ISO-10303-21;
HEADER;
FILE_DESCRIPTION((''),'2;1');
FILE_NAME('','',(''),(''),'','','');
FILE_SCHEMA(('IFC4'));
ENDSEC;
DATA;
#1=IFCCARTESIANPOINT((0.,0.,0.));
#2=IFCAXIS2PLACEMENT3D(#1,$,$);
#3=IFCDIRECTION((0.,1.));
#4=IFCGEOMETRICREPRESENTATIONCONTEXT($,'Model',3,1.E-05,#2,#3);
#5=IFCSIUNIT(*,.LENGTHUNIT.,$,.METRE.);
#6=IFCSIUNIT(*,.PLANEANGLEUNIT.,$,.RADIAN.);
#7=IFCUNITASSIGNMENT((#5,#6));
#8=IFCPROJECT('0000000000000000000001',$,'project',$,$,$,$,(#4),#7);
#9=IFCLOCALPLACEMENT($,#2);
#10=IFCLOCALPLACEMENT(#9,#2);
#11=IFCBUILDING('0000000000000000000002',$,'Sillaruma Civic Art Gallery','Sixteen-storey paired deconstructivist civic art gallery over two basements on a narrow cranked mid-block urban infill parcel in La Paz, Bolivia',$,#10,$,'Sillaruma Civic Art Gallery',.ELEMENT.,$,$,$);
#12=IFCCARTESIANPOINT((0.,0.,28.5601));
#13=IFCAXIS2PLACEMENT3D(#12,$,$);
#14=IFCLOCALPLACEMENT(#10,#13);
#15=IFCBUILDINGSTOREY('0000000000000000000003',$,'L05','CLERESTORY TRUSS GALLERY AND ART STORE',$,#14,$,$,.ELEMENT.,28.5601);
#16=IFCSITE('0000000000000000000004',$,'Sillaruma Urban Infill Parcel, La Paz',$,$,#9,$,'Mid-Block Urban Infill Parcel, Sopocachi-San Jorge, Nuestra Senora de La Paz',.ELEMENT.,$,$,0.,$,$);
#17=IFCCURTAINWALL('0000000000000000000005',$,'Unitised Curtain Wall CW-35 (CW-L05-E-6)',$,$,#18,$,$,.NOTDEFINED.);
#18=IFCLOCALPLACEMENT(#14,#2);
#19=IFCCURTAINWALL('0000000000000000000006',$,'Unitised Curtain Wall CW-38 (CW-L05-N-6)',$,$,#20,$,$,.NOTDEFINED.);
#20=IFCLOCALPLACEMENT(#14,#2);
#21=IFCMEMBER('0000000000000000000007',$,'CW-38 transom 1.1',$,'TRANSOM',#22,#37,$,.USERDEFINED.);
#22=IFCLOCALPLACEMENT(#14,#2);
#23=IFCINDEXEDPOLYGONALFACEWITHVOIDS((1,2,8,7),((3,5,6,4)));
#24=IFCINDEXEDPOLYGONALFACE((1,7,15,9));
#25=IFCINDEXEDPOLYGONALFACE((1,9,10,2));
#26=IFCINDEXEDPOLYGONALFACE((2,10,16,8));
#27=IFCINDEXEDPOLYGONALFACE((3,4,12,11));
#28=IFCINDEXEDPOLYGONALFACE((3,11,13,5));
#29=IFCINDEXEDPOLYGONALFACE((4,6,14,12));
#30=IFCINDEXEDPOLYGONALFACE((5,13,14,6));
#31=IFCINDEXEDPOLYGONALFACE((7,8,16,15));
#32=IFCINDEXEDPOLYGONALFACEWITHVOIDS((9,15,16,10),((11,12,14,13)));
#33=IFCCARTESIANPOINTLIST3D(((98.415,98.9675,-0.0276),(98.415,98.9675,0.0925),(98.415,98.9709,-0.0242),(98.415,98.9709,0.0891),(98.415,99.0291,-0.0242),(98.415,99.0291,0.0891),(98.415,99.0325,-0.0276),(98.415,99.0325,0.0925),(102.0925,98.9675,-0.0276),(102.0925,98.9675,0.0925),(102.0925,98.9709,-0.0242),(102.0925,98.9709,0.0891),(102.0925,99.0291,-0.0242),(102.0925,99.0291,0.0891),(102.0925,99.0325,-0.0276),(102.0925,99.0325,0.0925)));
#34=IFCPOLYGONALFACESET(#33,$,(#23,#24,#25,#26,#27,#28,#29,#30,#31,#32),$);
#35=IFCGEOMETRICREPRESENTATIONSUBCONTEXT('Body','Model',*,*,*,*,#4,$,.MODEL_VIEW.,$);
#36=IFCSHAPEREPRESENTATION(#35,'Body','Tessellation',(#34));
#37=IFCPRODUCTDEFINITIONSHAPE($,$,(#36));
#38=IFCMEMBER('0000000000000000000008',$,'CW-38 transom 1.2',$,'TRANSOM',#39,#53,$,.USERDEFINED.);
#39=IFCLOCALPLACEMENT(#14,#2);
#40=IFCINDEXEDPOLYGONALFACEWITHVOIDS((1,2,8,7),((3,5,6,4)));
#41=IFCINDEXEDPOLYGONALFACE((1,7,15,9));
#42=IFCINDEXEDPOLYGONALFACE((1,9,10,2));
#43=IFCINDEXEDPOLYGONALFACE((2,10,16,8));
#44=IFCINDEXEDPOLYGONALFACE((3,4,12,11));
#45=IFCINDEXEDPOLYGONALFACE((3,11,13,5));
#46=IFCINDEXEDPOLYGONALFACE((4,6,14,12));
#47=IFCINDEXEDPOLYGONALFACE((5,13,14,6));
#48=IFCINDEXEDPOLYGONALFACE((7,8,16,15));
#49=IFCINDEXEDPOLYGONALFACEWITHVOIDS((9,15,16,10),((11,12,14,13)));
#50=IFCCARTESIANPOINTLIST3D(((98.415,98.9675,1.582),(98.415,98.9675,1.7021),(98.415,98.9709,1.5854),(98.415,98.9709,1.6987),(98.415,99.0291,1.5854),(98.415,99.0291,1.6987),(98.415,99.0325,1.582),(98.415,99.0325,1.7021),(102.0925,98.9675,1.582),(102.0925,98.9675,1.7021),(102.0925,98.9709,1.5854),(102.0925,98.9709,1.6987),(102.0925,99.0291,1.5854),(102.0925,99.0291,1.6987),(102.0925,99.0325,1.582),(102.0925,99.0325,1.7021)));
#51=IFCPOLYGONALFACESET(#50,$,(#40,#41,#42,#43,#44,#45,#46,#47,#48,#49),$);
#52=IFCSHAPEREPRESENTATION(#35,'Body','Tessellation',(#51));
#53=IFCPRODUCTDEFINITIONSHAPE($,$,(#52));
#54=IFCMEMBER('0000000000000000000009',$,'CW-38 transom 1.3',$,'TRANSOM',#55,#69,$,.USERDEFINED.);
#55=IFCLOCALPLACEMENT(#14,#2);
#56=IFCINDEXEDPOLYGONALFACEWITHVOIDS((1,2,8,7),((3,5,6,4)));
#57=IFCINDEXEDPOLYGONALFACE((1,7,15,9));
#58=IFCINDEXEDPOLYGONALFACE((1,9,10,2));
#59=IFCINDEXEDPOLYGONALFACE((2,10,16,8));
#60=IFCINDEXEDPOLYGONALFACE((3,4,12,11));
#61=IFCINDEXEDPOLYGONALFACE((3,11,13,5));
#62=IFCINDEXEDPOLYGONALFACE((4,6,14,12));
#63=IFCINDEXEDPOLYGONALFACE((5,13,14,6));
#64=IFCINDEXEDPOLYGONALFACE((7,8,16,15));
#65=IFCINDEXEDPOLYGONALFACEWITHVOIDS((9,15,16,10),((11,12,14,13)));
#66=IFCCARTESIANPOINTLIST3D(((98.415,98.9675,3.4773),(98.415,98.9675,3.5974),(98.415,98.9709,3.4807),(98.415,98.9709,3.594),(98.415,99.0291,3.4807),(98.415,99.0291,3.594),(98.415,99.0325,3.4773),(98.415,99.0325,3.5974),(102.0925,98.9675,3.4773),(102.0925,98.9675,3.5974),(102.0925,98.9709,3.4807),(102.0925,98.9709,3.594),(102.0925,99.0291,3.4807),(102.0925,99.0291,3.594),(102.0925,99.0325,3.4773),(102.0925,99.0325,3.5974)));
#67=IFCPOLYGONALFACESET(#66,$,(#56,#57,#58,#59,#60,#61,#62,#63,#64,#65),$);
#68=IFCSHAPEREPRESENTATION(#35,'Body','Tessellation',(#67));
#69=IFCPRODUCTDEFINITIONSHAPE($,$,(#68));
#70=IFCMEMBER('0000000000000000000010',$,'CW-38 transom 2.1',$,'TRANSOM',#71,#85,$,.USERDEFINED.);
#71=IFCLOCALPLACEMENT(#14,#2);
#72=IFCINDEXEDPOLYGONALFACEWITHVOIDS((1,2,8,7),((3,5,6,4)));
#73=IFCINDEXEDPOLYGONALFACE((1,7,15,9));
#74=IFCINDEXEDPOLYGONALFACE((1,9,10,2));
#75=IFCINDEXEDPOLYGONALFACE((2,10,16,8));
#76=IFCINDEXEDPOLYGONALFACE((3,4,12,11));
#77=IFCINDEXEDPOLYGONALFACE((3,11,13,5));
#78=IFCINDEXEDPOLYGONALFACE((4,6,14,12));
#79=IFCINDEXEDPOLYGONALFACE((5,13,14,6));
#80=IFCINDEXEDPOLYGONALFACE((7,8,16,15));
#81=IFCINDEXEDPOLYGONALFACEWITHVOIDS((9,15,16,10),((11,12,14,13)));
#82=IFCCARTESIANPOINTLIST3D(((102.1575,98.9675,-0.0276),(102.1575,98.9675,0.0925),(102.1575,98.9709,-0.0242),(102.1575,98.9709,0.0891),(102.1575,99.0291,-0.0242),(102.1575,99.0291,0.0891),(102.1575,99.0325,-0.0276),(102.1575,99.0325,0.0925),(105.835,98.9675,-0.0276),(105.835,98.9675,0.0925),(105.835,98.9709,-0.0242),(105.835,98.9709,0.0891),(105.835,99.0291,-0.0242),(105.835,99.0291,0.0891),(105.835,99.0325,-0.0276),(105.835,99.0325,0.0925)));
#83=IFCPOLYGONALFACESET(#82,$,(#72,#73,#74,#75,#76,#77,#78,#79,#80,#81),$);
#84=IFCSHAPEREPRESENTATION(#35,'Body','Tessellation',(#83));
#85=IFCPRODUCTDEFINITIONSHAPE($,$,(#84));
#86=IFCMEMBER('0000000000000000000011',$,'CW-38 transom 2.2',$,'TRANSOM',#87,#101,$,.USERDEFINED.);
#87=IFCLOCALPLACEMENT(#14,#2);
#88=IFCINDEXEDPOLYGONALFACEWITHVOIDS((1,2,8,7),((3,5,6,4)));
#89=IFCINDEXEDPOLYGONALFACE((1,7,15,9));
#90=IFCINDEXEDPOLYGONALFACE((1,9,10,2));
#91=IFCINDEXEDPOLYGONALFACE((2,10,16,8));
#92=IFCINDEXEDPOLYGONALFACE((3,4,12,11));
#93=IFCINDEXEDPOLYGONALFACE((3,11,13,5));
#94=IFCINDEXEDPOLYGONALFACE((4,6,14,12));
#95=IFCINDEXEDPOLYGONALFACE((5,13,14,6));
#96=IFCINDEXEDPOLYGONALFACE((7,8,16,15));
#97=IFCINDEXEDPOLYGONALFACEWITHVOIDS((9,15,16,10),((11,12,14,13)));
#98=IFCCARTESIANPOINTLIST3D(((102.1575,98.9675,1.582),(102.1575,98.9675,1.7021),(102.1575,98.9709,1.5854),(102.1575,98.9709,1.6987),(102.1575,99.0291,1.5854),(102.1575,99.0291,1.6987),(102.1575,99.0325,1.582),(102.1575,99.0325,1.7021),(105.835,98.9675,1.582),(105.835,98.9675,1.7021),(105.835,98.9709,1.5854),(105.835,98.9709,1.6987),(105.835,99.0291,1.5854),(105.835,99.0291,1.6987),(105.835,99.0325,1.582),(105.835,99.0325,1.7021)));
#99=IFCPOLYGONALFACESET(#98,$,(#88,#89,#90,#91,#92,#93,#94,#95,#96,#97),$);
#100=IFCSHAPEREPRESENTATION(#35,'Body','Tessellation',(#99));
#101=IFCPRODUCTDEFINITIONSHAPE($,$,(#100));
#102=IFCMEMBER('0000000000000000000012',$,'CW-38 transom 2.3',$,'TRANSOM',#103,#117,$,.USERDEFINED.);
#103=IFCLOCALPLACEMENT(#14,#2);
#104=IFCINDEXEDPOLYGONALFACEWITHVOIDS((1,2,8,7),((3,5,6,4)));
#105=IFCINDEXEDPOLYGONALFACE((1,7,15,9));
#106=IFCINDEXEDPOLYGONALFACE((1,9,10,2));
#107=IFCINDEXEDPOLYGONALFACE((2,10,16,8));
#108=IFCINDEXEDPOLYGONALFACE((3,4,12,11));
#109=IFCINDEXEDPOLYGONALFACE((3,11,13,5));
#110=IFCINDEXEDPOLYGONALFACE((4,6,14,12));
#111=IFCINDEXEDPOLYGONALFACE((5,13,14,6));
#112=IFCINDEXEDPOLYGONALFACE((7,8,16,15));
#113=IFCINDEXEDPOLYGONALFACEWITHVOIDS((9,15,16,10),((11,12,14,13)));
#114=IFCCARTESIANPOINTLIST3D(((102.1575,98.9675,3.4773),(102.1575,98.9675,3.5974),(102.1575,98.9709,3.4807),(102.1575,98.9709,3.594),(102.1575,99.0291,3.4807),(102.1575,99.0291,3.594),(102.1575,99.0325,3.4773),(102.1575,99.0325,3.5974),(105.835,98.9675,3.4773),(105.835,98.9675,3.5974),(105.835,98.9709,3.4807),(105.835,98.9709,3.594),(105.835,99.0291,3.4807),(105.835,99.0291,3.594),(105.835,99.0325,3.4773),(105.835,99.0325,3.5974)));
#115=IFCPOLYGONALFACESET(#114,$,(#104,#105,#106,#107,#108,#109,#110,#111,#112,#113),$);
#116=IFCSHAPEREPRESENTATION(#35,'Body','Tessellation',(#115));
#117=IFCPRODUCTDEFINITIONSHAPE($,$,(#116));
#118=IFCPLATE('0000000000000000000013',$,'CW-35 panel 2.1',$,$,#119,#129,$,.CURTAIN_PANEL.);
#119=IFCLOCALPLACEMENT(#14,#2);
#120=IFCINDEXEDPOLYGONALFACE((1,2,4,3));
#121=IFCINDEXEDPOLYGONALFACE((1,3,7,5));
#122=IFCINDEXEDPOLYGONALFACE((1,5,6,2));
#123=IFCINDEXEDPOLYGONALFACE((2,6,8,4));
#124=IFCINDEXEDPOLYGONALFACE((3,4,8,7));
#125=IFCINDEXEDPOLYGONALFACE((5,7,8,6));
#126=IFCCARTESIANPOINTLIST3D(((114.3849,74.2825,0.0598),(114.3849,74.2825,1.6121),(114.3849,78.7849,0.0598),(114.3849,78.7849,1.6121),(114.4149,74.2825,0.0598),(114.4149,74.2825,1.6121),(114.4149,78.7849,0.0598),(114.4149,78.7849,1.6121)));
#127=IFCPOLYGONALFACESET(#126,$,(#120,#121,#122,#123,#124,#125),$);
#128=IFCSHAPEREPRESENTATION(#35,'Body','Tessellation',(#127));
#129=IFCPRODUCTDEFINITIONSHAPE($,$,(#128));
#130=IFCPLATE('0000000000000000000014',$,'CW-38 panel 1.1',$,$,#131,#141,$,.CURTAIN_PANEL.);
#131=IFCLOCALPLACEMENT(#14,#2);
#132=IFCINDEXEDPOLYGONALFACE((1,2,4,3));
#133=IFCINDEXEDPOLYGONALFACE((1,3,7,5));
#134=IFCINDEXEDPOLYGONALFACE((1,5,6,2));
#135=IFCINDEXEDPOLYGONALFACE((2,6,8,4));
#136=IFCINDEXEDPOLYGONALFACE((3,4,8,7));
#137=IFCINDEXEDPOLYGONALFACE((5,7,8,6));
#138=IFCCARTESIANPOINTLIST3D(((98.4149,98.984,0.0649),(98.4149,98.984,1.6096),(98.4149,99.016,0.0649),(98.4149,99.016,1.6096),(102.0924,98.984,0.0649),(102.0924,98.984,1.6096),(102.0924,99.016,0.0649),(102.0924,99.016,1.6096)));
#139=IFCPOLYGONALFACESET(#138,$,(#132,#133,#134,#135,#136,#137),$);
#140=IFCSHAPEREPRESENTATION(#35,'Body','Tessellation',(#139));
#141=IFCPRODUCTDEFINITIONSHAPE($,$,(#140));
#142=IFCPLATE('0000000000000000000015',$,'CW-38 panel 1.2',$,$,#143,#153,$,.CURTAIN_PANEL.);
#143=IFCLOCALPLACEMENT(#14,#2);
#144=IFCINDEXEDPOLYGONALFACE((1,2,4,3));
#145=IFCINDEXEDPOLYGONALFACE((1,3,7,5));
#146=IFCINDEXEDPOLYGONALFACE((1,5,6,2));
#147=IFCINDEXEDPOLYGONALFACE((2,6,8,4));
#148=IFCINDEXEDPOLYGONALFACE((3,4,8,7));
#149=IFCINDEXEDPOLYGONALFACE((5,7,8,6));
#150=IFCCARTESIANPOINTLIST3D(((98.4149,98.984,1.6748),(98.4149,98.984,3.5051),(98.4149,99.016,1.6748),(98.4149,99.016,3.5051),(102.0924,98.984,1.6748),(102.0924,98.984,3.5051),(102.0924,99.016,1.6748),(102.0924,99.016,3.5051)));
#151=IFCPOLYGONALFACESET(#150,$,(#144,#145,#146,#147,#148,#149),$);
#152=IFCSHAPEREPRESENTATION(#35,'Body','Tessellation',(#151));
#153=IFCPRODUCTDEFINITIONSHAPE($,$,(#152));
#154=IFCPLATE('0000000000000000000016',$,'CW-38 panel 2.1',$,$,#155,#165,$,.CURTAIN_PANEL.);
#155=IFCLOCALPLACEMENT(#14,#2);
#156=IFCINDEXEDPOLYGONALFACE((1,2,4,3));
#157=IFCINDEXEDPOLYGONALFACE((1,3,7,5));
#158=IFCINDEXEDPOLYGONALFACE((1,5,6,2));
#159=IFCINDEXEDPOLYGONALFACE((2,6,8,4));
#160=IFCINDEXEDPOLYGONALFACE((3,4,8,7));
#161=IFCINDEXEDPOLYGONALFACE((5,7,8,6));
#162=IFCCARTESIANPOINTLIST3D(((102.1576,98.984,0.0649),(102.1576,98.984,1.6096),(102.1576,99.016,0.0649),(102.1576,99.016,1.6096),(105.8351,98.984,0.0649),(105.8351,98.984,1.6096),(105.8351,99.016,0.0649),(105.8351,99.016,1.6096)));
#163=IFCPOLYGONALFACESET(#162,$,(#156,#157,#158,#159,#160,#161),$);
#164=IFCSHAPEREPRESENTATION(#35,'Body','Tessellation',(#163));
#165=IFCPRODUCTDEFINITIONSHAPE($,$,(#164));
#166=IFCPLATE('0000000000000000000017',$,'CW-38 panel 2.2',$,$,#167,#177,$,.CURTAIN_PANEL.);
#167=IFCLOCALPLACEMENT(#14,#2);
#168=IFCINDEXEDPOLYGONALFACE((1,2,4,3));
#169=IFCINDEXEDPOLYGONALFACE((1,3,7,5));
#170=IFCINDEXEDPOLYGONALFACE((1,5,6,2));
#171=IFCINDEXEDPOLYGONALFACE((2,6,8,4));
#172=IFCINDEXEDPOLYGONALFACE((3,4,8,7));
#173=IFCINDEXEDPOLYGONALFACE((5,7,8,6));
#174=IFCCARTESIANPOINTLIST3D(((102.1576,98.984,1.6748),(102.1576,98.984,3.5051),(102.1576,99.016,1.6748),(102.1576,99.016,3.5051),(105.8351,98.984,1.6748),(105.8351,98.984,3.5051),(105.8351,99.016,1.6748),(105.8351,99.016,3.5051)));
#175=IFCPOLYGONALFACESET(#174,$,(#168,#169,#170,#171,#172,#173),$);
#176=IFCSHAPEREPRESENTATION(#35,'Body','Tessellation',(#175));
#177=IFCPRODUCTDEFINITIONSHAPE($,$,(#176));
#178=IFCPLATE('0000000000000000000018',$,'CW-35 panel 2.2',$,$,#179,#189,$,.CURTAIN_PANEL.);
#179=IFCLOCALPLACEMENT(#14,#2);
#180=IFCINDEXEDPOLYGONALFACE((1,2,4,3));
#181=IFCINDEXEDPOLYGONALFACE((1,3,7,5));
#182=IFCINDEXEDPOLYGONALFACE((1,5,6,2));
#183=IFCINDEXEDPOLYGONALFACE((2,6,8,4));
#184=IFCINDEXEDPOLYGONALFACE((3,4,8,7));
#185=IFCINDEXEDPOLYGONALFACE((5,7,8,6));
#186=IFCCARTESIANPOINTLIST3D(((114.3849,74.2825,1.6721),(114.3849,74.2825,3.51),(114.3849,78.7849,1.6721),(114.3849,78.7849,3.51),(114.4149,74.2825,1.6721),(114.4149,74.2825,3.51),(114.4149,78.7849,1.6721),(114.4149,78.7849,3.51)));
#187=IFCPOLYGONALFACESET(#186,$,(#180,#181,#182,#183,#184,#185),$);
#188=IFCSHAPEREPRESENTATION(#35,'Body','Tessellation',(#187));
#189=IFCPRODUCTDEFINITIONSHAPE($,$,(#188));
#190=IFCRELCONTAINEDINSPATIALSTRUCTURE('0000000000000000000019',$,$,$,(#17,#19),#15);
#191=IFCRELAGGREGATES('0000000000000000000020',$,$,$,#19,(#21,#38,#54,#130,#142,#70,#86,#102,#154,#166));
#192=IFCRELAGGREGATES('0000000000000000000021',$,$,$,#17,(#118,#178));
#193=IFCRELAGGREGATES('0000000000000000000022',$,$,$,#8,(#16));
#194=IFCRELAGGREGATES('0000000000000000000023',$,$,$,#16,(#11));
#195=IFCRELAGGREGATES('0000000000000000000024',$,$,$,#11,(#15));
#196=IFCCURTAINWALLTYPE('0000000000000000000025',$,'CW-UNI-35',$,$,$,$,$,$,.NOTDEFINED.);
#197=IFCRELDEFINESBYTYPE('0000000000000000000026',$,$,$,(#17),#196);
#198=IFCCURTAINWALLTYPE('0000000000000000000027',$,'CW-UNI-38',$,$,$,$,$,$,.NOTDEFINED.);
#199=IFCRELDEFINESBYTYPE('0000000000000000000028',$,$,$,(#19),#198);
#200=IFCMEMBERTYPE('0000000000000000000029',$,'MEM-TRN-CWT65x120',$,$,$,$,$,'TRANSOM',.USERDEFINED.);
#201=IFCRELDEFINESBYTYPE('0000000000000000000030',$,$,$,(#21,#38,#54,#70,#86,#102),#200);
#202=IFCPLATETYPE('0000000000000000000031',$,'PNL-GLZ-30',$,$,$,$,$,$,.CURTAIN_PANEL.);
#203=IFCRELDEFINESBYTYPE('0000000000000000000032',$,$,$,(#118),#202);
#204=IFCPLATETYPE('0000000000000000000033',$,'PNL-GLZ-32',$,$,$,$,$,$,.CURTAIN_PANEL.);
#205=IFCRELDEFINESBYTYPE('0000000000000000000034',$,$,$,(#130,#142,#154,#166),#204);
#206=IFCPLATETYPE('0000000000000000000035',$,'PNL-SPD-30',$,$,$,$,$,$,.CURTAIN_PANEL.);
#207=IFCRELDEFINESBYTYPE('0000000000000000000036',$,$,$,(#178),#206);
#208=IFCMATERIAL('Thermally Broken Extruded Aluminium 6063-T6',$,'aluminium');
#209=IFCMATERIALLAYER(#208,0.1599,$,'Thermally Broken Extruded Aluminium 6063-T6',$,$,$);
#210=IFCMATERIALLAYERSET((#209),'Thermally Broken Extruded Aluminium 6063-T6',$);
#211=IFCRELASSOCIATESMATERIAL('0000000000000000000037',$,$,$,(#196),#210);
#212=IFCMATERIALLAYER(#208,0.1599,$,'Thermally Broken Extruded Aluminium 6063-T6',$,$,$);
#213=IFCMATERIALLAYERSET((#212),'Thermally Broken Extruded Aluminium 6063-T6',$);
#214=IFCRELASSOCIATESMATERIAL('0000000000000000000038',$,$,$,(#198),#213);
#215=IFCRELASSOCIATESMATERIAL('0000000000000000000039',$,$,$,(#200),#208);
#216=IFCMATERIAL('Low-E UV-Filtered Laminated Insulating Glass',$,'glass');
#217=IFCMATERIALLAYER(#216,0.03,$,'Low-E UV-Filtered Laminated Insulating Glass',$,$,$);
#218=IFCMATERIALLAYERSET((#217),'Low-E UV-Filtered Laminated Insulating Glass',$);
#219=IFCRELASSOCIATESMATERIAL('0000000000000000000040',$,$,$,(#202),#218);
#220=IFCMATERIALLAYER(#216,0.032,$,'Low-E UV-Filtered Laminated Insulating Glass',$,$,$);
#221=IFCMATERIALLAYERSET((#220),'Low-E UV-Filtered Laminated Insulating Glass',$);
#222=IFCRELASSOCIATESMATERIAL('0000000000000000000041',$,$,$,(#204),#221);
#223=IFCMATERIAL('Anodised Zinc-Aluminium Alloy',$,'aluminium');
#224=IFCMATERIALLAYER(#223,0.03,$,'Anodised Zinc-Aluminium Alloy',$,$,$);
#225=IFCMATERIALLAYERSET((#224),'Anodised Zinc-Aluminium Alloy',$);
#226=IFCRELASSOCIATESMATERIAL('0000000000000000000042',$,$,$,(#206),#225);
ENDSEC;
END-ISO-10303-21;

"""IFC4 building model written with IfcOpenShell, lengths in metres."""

from ifc_helpers import new_model, si_unit, direction, frame, origin, origin_2d, place, context, subcontext, project, spatial, rectangle, hollow_rectangle, extrude, material, layer, layer_set, material_profile, profile_set, type_object, element, aggregate, save


model = new_model("IFC4")

# Units and contexts
model_context = context("Model", 3, precision=1e-05, world=origin(), true_north=direction((0.0, 1.0)))
body_context = subcontext(model_context, "Body", "Model", "MODEL_VIEW")
ifc_project = project(units=[si_unit("LENGTHUNIT", "METRE"), si_unit("PLANEANGLEUNIT", "RADIAN")], contexts=[model_context])

# Site, building, storey
site_placement = place(None, origin())
site = spatial("IfcSite", under=ifc_project, at=site_placement, Name="Sillaruma Urban Infill Parcel, La Paz", LongName="Mid-Block Urban Infill Parcel, Sopocachi-San Jorge, Nuestra Senora de La Paz", CompositionType="ELEMENT", RefElevation=0.0)
building_placement = place(site_placement, origin())
building = spatial("IfcBuilding", under=site, at=building_placement, Name="Sillaruma Civic Art Gallery", Description="Sixteen-storey paired deconstructivist civic art gallery over two basements on a narrow cranked mid-block urban infill parcel in La Paz, Bolivia", LongName="Sillaruma Civic Art Gallery", CompositionType="ELEMENT")
storey_placement = place(building_placement, frame((0.0, 0.0, 28.5601)))
storey = spatial("IfcBuildingStorey", under=building, at=storey_placement, Name="L05", Description="CLERESTORY TRUSS GALLERY AND ART STORE", CompositionType="ELEMENT", Elevation=28.5601)

# Curtain wall
ifc_material_1 = material(Name="Thermally Broken Extruded Aluminium 6063-T6", Category="aluminium")
ifc_layer_1 = layer(ifc_material_1, 0.1599, Name="Thermally Broken Extruded Aluminium 6063-T6")
ifc_layer_set_1 = layer_set([ifc_layer_1], Name="Thermally Broken Extruded Aluminium 6063-T6")
curtain_wall_type_1 = type_object("IfcCurtainWallType", Name="CW-UNI-35", PredefinedType="NOTDEFINED", material=ifc_layer_set_1)
curtain_wall_1_placement = place(storey_placement, origin())
curtain_wall_1 = element("IfcCurtainWall", 1, at=curtain_wall_1_placement, inside=storey, type_object=curtain_wall_type_1, Name="Unitised Curtain Wall CW-35 (CW-L05-E-6)", PredefinedType="NOTDEFINED")

# Curtain wall
ifc_layer_2 = layer(ifc_material_1, 0.1599, Name="Thermally Broken Extruded Aluminium 6063-T6")
ifc_layer_set_2 = layer_set([ifc_layer_2], Name="Thermally Broken Extruded Aluminium 6063-T6")
curtain_wall_type_2 = type_object("IfcCurtainWallType", Name="CW-UNI-38", PredefinedType="NOTDEFINED", material=ifc_layer_set_2)
curtain_wall_2_placement = place(storey_placement, origin())
curtain_wall_2 = element("IfcCurtainWall", 2, at=curtain_wall_2_placement, inside=storey, type_object=curtain_wall_type_2, Name="Unitised Curtain Wall CW-38 (CW-L05-N-6)", PredefinedType="NOTDEFINED")

# Members
ifc_material_profile_1 = material_profile(ifc_material_1, hollow_rectangle(XDim=0.0649, YDim=0.1201, WallThickness=0.0034, at=origin_2d()), Name="CWT65x120")
ifc_profile_set_1 = profile_set([ifc_material_profile_1], Name="Thermally Broken Extruded Aluminium 6063-T6")
member_type_1 = type_object("IfcMemberType", Name="MEM-TRN-CWT65x120", ElementType="TRANSOM", PredefinedType="USERDEFINED", material=ifc_profile_set_1)
member_1_placement = place(storey_placement, frame((98.415, 99.0, 0.0325), z_axis=(1.0, 0.0, 0.0), x_axis=(0.0, 1.0, 0.0)))
member_1 = element("IfcMember", 3, at=member_1_placement, type_object=member_type_1, Name="CW-38 transom 1.1", ObjectType="TRANSOM", PredefinedType="USERDEFINED", context=body_context, shape_type="SweptSolid", body=[
    extrude(hollow_rectangle(XDim=0.0649, YDim=0.1201, WallThickness=0.0034, at=origin_2d()), origin(), (0.0, 0.0, 1.0), 3.6775),
])
member_2_placement = place(storey_placement, frame((98.415, 99.0, 1.6421), z_axis=(1.0, 0.0, 0.0), x_axis=(0.0, 1.0, 0.0)))
member_2 = element("IfcMember", 4, at=member_2_placement, type_object=member_type_1, Name="CW-38 transom 1.2", ObjectType="TRANSOM", PredefinedType="USERDEFINED", context=body_context, shape_type="SweptSolid", body=[
    extrude(hollow_rectangle(XDim=0.0649, YDim=0.1201, WallThickness=0.0034, at=origin_2d()), origin(), (0.0, 0.0, 1.0), 3.6775),
])
member_3_placement = place(storey_placement, frame((98.415, 99.0, 3.5374), z_axis=(1.0, 0.0, 0.0), x_axis=(0.0, 1.0, 0.0)))
member_3 = element("IfcMember", 5, at=member_3_placement, type_object=member_type_1, Name="CW-38 transom 1.3", ObjectType="TRANSOM", PredefinedType="USERDEFINED", context=body_context, shape_type="SweptSolid", body=[
    extrude(hollow_rectangle(XDim=0.0649, YDim=0.1201, WallThickness=0.0034, at=origin_2d()), origin(), (0.0, 0.0, 1.0), 3.6775),
])
member_4_placement = place(storey_placement, frame((102.1575, 99.0, 0.0325), z_axis=(1.0, 0.0, 0.0), x_axis=(0.0, 1.0, 0.0)))
member_4 = element("IfcMember", 6, at=member_4_placement, type_object=member_type_1, Name="CW-38 transom 2.1", ObjectType="TRANSOM", PredefinedType="USERDEFINED", context=body_context, shape_type="SweptSolid", body=[
    extrude(hollow_rectangle(XDim=0.0649, YDim=0.1201, WallThickness=0.0034, at=origin_2d()), origin(), (0.0, 0.0, 1.0), 3.6775),
])
member_5_placement = place(storey_placement, frame((102.1575, 99.0, 1.6421), z_axis=(1.0, 0.0, 0.0), x_axis=(0.0, 1.0, 0.0)))
member_5 = element("IfcMember", 7, at=member_5_placement, type_object=member_type_1, Name="CW-38 transom 2.2", ObjectType="TRANSOM", PredefinedType="USERDEFINED", context=body_context, shape_type="SweptSolid", body=[
    extrude(hollow_rectangle(XDim=0.0649, YDim=0.1201, WallThickness=0.0034, at=origin_2d()), origin(), (0.0, 0.0, 1.0), 3.6775),
])
member_6_placement = place(storey_placement, frame((102.1575, 99.0, 3.5374), z_axis=(1.0, 0.0, 0.0), x_axis=(0.0, 1.0, 0.0)))
member_6 = element("IfcMember", 8, at=member_6_placement, type_object=member_type_1, Name="CW-38 transom 2.3", ObjectType="TRANSOM", PredefinedType="USERDEFINED", context=body_context, shape_type="SweptSolid", body=[
    extrude(hollow_rectangle(XDim=0.0649, YDim=0.1201, WallThickness=0.0034, at=origin_2d()), origin(), (0.0, 0.0, 1.0), 3.6775),
])

# Plates
ifc_material_2 = material(Name="Low-E UV-Filtered Laminated Insulating Glass", Category="glass")
ifc_layer_3 = layer(ifc_material_2, 0.03, Name="Low-E UV-Filtered Laminated Insulating Glass")
ifc_layer_set_3 = layer_set([ifc_layer_3], Name="Low-E UV-Filtered Laminated Insulating Glass")
plate_type_1 = type_object("IfcPlateType", Name="PNL-GLZ-30", PredefinedType="CURTAIN_PANEL", material=ifc_layer_set_3)
plate_1_placement = place(storey_placement, frame((114.3999, 76.5337, 0.0598), z_axis=(0.0, 0.0, 1.0), x_axis=(0.0, 1.0, 0.0)))
plate_1 = element("IfcPlate", 9, at=plate_1_placement, type_object=plate_type_1, Name="CW-35 panel 2.1", PredefinedType="CURTAIN_PANEL", context=body_context, shape_type="SweptSolid", body=[
    extrude(rectangle(XDim=4.5024, YDim=0.03, at=origin_2d()), origin(), (0.0, 0.0, 1.0), 1.5522),
])
ifc_layer_4 = layer(ifc_material_2, 0.032, Name="Low-E UV-Filtered Laminated Insulating Glass")
ifc_layer_set_4 = layer_set([ifc_layer_4], Name="Low-E UV-Filtered Laminated Insulating Glass")
plate_type_2 = type_object("IfcPlateType", Name="PNL-GLZ-32", PredefinedType="CURTAIN_PANEL", material=ifc_layer_set_4)
plate_2_placement = place(storey_placement, frame((100.2537, 99.0, 0.0649), z_axis=(0.0, 0.0, 1.0), x_axis=(1.0, 0.0, 0.0)))
plate_2 = element("IfcPlate", 10, at=plate_2_placement, type_object=plate_type_2, Name="CW-38 panel 1.1", PredefinedType="CURTAIN_PANEL", context=body_context, shape_type="SweptSolid", body=[
    extrude(rectangle(XDim=3.6775, YDim=0.032, at=origin_2d()), origin(), (0.0, 0.0, 1.0), 1.5447),
])
plate_3_placement = place(storey_placement, frame((100.2537, 99.0, 1.6748), z_axis=(0.0, 0.0, 1.0), x_axis=(1.0, 0.0, 0.0)))
plate_3 = element("IfcPlate", 11, at=plate_3_placement, type_object=plate_type_2, Name="CW-38 panel 1.2", PredefinedType="CURTAIN_PANEL", context=body_context, shape_type="SweptSolid", body=[
    extrude(rectangle(XDim=3.6775, YDim=0.032, at=origin_2d()), origin(), (0.0, 0.0, 1.0), 1.8303),
])
plate_4_placement = place(storey_placement, frame((103.9963, 99.0, 0.0649), z_axis=(0.0, 0.0, 1.0), x_axis=(1.0, 0.0, 0.0)))
plate_4 = element("IfcPlate", 12, at=plate_4_placement, type_object=plate_type_2, Name="CW-38 panel 2.1", PredefinedType="CURTAIN_PANEL", context=body_context, shape_type="SweptSolid", body=[
    extrude(rectangle(XDim=3.6775, YDim=0.032, at=origin_2d()), origin(), (0.0, 0.0, 1.0), 1.5447),
])
plate_5_placement = place(storey_placement, frame((103.9963, 99.0, 1.6748), z_axis=(0.0, 0.0, 1.0), x_axis=(1.0, 0.0, 0.0)))
plate_5 = element("IfcPlate", 13, at=plate_5_placement, type_object=plate_type_2, Name="CW-38 panel 2.2", PredefinedType="CURTAIN_PANEL", context=body_context, shape_type="SweptSolid", body=[
    extrude(rectangle(XDim=3.6775, YDim=0.032, at=origin_2d()), origin(), (0.0, 0.0, 1.0), 1.8303),
])
aggregate(curtain_wall_2, [member_1, member_2, member_3, plate_2, plate_3, member_4, member_5, member_6, plate_4, plate_5])
ifc_material_3 = material(Name="Anodised Zinc-Aluminium Alloy", Category="aluminium")
ifc_layer_5 = layer(ifc_material_3, 0.03, Name="Anodised Zinc-Aluminium Alloy")
ifc_layer_set_5 = layer_set([ifc_layer_5], Name="Anodised Zinc-Aluminium Alloy")
plate_type_3 = type_object("IfcPlateType", Name="PNL-SPD-30", PredefinedType="CURTAIN_PANEL", material=ifc_layer_set_5)
plate_6_placement = place(storey_placement, frame((114.3999, 76.5337, 1.6721), z_axis=(0.0, 0.0, 1.0), x_axis=(0.0, 1.0, 0.0)))
plate_6 = element("IfcPlate", 14, at=plate_6_placement, type_object=plate_type_3, Name="CW-35 panel 2.2", PredefinedType="CURTAIN_PANEL", context=body_context, shape_type="SweptSolid", body=[
    extrude(rectangle(XDim=4.5024, YDim=0.03, at=origin_2d()), origin(), (0.0, 0.0, 1.0), 1.8379),
])
aggregate(curtain_wall_1, [plate_1, plate_6])

save(model, "model.ifc")
